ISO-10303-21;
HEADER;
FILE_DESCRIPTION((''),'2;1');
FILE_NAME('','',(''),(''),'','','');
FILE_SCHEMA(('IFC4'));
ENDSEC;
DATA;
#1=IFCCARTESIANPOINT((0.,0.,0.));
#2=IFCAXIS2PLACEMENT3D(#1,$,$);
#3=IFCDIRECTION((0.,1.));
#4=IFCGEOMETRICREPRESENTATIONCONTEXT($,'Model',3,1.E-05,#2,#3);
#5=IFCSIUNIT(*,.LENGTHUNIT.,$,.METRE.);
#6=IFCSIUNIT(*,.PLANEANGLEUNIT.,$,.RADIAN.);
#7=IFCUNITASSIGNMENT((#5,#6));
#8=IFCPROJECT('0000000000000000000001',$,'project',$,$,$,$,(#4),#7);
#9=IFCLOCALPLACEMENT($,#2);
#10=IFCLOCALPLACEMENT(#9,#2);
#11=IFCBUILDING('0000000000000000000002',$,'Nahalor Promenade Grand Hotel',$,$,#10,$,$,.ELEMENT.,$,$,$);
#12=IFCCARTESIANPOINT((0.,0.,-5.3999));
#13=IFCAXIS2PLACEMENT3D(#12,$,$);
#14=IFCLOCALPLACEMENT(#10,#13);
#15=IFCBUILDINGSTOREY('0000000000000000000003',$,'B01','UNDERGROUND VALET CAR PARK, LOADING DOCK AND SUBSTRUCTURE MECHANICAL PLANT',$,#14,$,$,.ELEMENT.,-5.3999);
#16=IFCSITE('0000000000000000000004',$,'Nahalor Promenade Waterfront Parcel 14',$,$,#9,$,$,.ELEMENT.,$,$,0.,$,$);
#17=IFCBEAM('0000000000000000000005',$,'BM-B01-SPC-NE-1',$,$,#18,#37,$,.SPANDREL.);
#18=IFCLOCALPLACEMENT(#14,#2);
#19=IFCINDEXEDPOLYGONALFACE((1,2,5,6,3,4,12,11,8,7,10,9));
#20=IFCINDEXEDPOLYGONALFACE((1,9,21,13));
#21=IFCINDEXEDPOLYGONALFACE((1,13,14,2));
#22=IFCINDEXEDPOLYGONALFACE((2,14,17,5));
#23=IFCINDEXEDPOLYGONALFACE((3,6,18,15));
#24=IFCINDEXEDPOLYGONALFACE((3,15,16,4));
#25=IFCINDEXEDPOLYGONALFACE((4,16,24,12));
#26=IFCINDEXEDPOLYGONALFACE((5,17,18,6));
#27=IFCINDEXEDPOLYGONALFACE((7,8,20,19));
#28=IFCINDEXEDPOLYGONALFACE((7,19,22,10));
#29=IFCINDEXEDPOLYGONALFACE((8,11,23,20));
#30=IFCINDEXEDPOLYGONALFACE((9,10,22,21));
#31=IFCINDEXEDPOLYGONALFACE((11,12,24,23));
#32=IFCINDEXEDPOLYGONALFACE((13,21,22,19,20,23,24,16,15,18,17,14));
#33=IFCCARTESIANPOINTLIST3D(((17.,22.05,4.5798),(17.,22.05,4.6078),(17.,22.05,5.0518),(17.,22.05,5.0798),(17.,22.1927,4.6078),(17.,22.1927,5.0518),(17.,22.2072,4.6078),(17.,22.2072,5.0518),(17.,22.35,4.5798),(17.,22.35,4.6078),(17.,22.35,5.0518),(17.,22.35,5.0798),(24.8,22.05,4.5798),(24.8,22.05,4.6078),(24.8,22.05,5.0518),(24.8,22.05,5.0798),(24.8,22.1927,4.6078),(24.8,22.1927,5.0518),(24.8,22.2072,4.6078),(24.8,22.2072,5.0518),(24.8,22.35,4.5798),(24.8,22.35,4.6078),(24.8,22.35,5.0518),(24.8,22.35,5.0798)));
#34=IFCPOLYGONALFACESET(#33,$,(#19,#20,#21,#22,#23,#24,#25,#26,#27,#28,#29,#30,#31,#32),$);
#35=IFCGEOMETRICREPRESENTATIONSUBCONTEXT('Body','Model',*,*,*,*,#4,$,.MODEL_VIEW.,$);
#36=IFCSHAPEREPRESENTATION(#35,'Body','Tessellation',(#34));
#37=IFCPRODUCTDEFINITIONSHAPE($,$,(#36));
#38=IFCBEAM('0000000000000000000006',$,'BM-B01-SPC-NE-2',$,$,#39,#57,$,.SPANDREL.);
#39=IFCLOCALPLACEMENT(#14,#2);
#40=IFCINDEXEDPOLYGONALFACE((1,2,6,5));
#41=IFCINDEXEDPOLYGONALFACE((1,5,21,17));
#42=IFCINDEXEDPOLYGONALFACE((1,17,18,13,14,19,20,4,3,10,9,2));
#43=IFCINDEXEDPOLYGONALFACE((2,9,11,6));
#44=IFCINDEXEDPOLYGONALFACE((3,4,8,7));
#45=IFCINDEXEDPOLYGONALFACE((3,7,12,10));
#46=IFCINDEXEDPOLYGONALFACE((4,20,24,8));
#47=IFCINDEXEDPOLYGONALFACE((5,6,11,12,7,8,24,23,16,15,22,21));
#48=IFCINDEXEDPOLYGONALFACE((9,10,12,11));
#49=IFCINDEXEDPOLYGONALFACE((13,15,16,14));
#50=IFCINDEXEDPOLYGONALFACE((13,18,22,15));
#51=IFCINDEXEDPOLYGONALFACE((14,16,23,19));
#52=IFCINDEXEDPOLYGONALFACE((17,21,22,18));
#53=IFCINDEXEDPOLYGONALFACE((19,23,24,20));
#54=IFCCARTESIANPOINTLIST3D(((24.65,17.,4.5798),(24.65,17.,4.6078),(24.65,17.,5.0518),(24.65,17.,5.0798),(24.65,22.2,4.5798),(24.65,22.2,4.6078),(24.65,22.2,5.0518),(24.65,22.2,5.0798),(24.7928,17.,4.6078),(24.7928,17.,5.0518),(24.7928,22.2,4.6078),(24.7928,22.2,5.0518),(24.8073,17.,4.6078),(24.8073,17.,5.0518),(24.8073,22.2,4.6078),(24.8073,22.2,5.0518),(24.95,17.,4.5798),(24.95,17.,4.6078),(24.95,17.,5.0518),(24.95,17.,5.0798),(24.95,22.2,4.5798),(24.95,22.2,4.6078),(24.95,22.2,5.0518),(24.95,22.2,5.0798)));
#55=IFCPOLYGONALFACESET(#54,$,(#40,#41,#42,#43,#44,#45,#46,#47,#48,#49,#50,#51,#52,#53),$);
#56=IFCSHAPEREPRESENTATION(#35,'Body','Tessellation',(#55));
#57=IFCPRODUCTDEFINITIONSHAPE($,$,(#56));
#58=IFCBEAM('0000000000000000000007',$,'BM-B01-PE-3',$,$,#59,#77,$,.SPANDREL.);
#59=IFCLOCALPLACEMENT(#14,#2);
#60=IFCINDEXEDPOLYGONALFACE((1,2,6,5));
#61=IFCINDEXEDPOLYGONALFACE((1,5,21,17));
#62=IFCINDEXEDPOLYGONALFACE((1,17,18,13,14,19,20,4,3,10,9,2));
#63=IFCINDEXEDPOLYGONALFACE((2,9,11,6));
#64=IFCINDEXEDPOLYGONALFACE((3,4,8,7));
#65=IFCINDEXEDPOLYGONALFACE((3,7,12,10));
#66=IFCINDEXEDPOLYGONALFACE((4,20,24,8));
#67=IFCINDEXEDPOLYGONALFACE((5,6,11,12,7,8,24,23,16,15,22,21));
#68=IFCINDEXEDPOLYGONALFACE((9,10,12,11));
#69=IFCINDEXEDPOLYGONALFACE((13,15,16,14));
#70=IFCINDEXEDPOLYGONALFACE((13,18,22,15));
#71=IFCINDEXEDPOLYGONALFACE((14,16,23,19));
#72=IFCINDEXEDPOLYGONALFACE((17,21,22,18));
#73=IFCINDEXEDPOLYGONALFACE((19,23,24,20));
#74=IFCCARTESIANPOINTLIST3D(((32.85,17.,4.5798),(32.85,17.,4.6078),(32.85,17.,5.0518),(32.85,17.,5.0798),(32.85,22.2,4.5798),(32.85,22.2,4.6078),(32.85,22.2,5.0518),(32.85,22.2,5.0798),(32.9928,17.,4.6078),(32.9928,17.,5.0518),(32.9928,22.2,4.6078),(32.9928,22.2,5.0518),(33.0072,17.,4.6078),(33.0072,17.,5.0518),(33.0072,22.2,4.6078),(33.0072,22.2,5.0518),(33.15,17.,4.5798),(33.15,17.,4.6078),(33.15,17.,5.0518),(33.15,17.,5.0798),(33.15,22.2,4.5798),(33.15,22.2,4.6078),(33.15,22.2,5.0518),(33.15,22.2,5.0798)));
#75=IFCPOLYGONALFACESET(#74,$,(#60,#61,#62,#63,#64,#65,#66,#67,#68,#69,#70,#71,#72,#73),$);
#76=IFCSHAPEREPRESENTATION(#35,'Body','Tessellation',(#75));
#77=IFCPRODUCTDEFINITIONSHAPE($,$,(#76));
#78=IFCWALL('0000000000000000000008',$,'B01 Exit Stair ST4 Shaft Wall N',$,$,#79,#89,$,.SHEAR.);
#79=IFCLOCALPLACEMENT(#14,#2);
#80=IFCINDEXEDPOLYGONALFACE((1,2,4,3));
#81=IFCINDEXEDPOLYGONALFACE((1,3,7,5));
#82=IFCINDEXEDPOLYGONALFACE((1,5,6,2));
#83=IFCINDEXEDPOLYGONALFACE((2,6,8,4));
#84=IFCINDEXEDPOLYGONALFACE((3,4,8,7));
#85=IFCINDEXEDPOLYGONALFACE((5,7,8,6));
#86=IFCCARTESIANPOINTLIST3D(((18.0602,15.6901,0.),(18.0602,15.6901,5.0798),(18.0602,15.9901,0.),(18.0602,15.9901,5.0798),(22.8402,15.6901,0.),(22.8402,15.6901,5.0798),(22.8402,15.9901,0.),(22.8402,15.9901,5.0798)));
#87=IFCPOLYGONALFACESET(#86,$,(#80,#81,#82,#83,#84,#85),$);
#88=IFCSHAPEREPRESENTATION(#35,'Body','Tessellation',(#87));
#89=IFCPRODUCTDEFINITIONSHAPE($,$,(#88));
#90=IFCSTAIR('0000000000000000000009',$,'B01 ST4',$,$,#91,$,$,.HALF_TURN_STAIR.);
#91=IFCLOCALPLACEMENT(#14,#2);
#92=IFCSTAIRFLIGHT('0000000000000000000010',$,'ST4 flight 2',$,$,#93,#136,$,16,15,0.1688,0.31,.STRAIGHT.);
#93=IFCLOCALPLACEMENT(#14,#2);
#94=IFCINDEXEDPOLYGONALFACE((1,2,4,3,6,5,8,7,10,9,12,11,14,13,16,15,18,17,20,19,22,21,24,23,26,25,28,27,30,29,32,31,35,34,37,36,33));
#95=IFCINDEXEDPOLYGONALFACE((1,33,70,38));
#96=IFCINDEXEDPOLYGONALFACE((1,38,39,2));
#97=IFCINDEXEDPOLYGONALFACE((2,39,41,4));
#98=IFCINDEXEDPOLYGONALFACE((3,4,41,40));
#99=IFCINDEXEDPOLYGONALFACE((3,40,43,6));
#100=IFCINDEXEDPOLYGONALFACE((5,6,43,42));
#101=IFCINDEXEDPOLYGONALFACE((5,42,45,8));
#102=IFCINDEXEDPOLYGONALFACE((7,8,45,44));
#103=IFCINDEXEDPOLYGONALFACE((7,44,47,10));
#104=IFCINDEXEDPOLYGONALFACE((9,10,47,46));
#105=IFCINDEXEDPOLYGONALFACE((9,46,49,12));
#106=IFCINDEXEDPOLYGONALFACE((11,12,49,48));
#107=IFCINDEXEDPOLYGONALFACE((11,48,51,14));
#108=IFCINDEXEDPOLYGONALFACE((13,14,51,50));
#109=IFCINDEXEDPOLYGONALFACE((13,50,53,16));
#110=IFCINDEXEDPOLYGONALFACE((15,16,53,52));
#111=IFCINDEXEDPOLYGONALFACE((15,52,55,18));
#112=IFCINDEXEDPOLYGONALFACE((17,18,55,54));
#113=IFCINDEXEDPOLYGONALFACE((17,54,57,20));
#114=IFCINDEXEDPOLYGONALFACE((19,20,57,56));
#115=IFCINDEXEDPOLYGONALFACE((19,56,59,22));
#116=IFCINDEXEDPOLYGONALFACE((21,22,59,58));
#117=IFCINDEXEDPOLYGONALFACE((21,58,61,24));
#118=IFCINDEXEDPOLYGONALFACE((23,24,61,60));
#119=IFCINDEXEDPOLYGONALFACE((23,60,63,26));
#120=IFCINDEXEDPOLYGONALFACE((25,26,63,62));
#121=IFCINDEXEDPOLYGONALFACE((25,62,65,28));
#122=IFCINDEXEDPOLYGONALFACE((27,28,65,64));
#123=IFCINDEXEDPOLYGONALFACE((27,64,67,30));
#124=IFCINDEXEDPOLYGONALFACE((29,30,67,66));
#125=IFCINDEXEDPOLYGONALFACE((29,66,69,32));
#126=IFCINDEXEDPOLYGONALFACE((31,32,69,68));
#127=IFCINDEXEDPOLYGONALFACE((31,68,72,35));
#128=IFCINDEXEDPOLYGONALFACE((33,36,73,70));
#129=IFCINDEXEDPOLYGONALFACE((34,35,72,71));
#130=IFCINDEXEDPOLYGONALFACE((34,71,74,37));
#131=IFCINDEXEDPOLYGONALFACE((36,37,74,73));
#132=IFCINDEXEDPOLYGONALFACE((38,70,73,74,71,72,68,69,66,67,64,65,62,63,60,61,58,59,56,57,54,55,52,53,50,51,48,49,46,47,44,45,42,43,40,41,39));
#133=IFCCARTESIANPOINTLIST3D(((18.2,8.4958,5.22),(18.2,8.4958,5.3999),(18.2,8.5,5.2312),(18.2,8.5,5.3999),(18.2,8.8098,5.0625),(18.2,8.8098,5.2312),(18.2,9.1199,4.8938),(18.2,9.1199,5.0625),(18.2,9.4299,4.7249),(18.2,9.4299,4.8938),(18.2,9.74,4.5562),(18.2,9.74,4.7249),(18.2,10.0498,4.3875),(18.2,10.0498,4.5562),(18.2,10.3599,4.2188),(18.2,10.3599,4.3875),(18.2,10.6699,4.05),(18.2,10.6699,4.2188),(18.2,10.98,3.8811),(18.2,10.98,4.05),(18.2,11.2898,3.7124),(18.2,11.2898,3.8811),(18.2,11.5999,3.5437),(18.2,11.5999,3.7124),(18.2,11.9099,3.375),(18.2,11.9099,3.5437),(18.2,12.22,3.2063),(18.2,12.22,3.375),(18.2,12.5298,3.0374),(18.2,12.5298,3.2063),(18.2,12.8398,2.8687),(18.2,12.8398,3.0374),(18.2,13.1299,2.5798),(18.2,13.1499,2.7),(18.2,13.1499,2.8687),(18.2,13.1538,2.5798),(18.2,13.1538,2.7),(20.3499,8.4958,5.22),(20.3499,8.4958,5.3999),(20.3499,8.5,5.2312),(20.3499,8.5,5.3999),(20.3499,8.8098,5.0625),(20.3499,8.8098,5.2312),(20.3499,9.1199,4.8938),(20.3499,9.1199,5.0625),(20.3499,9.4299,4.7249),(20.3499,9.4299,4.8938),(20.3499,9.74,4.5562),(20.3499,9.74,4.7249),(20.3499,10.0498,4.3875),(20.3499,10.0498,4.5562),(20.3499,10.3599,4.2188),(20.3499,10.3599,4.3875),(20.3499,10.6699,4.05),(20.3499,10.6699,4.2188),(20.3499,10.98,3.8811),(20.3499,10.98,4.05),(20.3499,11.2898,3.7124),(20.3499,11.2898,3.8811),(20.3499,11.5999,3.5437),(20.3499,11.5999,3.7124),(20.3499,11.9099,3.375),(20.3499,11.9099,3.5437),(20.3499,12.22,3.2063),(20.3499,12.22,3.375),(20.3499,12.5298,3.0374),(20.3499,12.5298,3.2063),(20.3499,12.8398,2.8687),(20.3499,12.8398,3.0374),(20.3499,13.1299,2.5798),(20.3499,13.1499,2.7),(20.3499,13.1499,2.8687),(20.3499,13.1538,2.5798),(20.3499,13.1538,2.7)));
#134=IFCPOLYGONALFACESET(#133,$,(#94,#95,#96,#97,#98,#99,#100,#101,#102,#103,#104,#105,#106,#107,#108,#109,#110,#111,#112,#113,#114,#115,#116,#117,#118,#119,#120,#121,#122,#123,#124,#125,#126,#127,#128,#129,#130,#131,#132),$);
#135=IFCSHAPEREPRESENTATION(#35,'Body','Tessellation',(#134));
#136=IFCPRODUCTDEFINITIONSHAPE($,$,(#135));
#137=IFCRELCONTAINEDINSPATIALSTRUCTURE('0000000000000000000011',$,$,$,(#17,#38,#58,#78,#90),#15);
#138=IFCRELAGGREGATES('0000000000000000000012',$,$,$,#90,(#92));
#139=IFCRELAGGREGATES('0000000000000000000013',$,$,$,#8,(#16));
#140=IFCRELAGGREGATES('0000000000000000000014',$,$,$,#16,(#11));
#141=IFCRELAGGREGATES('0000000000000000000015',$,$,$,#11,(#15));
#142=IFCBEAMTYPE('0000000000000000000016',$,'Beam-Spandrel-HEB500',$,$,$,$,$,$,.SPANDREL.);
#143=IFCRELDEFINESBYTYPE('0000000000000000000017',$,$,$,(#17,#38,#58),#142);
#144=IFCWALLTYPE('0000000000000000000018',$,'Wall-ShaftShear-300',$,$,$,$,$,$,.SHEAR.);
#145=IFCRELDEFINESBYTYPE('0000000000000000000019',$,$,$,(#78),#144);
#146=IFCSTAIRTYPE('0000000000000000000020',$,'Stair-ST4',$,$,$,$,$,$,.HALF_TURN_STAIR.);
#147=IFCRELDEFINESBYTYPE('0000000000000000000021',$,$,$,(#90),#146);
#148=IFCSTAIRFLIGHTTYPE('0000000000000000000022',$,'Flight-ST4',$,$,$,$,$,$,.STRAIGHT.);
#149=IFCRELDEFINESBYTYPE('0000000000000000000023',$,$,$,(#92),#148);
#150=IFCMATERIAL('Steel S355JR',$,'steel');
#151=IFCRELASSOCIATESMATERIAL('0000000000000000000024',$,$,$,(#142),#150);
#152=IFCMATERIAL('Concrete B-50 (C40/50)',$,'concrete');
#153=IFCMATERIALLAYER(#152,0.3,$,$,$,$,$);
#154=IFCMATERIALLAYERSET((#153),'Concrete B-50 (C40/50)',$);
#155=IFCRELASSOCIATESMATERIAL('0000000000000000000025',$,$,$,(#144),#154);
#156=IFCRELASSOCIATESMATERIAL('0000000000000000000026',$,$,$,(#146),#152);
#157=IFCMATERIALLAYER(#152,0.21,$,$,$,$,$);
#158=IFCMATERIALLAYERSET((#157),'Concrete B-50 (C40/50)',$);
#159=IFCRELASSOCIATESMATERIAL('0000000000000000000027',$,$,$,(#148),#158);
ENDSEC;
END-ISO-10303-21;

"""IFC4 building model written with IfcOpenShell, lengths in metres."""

from ifc_helpers import new_model, si_unit, direction, frame, frame_2d, origin, origin_2d, place, context, subcontext, project, spatial, polyline, rectangle, i_section, outline, extrude, source, transform, mapped, material, layer, layer_set, material_profile, profile_set, type_object, element, aggregate, save


model = new_model("IFC4")

# Units and contexts
model_context = context("Model", 3, precision=1e-05, world=origin(), true_north=direction((0.0, 1.0)))
body_context = subcontext(model_context, "Body", "Model", "MODEL_VIEW")
ifc_project = project(units=[si_unit("LENGTHUNIT", "METRE"), si_unit("PLANEANGLEUNIT", "RADIAN")], contexts=[model_context])

# Site, building, storey
site_placement = place(None, origin())
site = spatial("IfcSite", under=ifc_project, at=site_placement, Name="Nahalor Promenade Waterfront Parcel 14", CompositionType="ELEMENT", RefElevation=0.0)
building_placement = place(site_placement, origin())
building = spatial("IfcBuilding", under=site, at=building_placement, Name="Nahalor Promenade Grand Hotel", CompositionType="ELEMENT")
storey_placement = place(building_placement, frame((0.0, 0.0, -5.3999)))
storey = spatial("IfcBuildingStorey", under=building, at=storey_placement, Name="B01", Description="UNDERGROUND VALET CAR PARK, LOADING DOCK AND SUBSTRUCTURE MECHANICAL PLANT", CompositionType="ELEMENT", Elevation=-5.3999)

# Beams
ifc_material_1 = material(Name="Steel S355JR", Category="steel")
ifc_material_profile_1 = material_profile(ifc_material_1, i_section(OverallWidth=0.3, OverallDepth=0.5, WebThickness=0.0145, FlangeThickness=0.028, at=origin_2d()), Name="HEB 500")
ifc_profile_set_1 = profile_set([ifc_material_profile_1], Name="Steel S355JR")
beam_type_1 = type_object("IfcBeamType", Name="Beam-Spandrel-HEB500", PredefinedType="SPANDREL", material=ifc_profile_set_1)
shared_shape_1 = source(origin(), body_context, "Body", "SweptSolid", [
    extrude(i_section(OverallWidth=0.3, OverallDepth=0.5, WebThickness=0.0145, FlangeThickness=0.028, at=origin_2d()), origin(), (0.0, 0.0, 1.0), 7.8),
])
beam_1_placement = place(storey_placement, frame((17.0, 22.2, 4.8298), z_axis=(1.0, 0.0, 0.0), x_axis=(0.0, 1.0, 0.0)))
element("IfcBeam", 1, at=beam_1_placement, inside=storey, type_object=beam_type_1, Name="BM-B01-SPC-NE-1", PredefinedType="SPANDREL", context=body_context, shape_type="MappedRepresentation", body=[
    mapped(shared_shape_1, transform((0.0, 0.0, 0.0), scale=1.0)),
])
shared_shape_2 = source(origin(), body_context, "Body", "SweptSolid", [
    extrude(i_section(OverallWidth=0.3, OverallDepth=0.5, WebThickness=0.0145, FlangeThickness=0.028, at=origin_2d()), origin(), (0.0, 0.0, 1.0), 5.2),
])
for number, where, z_axis, x_axis, name in (
    (2, (24.8, 22.2, 4.8298), (0.0, -1.0, 0.0), (1.0, 0.0, 0.0), "BM-B01-SPC-NE-2"),
    (3, (33.0, 17.0, 4.8298), (0.0, 1.0, 0.0), (-1.0, 0.0, 0.0), "BM-B01-PE-3"),
):
    element("IfcBeam", number, at=place(storey_placement, frame(where, z_axis=z_axis, x_axis=x_axis)), inside=storey, type_object=beam_type_1, Name=name, PredefinedType="SPANDREL", context=body_context, shape_type="MappedRepresentation", body=[
        mapped(shared_shape_2, transform((0.0, 0.0, 0.0), scale=1.0)),
    ])

# Wall
ifc_material_2 = material(Name="Concrete B-50 (C40/50)", Category="concrete")
ifc_layer_1 = layer(ifc_material_2, 0.3)
ifc_layer_set_1 = layer_set([ifc_layer_1], Name="Concrete B-50 (C40/50)")
wall_type = type_object("IfcWallType", Name="Wall-ShaftShear-300", PredefinedType="SHEAR", material=ifc_layer_set_1)
shared_shape_3 = source(origin(), body_context, "Body", "SweptSolid", [
    extrude(rectangle(XDim=4.78, YDim=0.3, at=frame_2d((2.3901, 0.0))), origin(), (0.0, 0.0, 1.0), 5.0798),
])
wall_placement = place(storey_placement, frame((18.0601, 15.8401, 0.0), z_axis=(0.0, 0.0, 1.0), x_axis=(1.0, 0.0, 0.0)))
element("IfcWall", 4, at=wall_placement, inside=storey, type_object=wall_type, Name="B01 Exit Stair ST4 Shaft Wall N", PredefinedType="SHEAR", context=body_context, shape_type="MappedRepresentation", body=[
    mapped(shared_shape_3, transform((0.0, 0.0, 0.0), scale=1.0)),
])

# Stair, stair flight
stair_type = type_object("IfcStairType", Name="Stair-ST4", PredefinedType="HALF_TURN_STAIR", material=ifc_material_2)
stair_placement = place(storey_placement, origin())
stair = element("IfcStair", 5, at=stair_placement, inside=storey, type_object=stair_type, Name="B01 ST4", PredefinedType="HALF_TURN_STAIR")
ifc_layer_2 = layer(ifc_material_2, 0.21)
ifc_layer_set_2 = layer_set([ifc_layer_2], Name="Concrete B-50 (C40/50)")
stair_flight_type = type_object("IfcStairFlightType", Name="Flight-ST4", PredefinedType="STRAIGHT", material=ifc_layer_set_2)
shared_shape_4 = source(origin(), body_context, "Body", "SweptSolid", [
    extrude(outline(polyline([(-0.0039, -0.1201), (-0.0039, 0.0), (0.0, 0.0), (0.0, 0.1687), (0.3101, 0.1687), (0.3101, 0.3374), (0.6201, 0.3374), (0.6201, 0.5063), (0.9299, 0.5063), (0.9299, 0.675), (1.24, 0.675), (1.24, 0.8438), (1.55, 0.8438), (1.55, 1.0125), (1.8601, 1.0125), (1.8601, 1.1812), (2.1699, 1.1812), (2.1699, 1.3501), (2.48, 1.3501), (2.48, 1.5188), (2.79, 1.5188), (2.79, 1.6875), (3.1001, 1.6875), (3.1001, 1.8562), (3.4099, 1.8562), (3.4099, 2.0249), (3.72, 2.0249), (3.72, 2.1938), (4.03, 2.1938), (4.03, 2.3625), (4.3401, 2.3625), (4.3401, 2.5312), (4.6499, 2.5312), (4.6499, 2.7), (4.6541, 2.7), (4.6541, 2.52), (0.02, -0.1201), (-0.0039, -0.1201)])), frame((0.0, 1.075, 0.0), z_axis=(0.0, -1.0, 0.0), x_axis=(1.0, 0.0, 0.0)), (0.0, 0.0, 1.0), 2.1499),
])
stair_flight_placement = place(storey_placement, frame((19.2749, 13.1499, 2.7), z_axis=(0.0, 0.0, 1.0), x_axis=(0.0, -1.0, 0.0)))
stair_flight = element("IfcStairFlight", 6, at=stair_flight_placement, type_object=stair_flight_type, Name="ST4 flight 2", NumberOfRisers=16, NumberOfTreads=15, PredefinedType="STRAIGHT", RiserHeight=0.1688, TreadLength=0.31, context=body_context, shape_type="MappedRepresentation", body=[
    mapped(shared_shape_4, transform((0.0, 0.0, 0.0), scale=1.0)),
])
aggregate(stair, [stair_flight])

save(model, "model.ifc")
